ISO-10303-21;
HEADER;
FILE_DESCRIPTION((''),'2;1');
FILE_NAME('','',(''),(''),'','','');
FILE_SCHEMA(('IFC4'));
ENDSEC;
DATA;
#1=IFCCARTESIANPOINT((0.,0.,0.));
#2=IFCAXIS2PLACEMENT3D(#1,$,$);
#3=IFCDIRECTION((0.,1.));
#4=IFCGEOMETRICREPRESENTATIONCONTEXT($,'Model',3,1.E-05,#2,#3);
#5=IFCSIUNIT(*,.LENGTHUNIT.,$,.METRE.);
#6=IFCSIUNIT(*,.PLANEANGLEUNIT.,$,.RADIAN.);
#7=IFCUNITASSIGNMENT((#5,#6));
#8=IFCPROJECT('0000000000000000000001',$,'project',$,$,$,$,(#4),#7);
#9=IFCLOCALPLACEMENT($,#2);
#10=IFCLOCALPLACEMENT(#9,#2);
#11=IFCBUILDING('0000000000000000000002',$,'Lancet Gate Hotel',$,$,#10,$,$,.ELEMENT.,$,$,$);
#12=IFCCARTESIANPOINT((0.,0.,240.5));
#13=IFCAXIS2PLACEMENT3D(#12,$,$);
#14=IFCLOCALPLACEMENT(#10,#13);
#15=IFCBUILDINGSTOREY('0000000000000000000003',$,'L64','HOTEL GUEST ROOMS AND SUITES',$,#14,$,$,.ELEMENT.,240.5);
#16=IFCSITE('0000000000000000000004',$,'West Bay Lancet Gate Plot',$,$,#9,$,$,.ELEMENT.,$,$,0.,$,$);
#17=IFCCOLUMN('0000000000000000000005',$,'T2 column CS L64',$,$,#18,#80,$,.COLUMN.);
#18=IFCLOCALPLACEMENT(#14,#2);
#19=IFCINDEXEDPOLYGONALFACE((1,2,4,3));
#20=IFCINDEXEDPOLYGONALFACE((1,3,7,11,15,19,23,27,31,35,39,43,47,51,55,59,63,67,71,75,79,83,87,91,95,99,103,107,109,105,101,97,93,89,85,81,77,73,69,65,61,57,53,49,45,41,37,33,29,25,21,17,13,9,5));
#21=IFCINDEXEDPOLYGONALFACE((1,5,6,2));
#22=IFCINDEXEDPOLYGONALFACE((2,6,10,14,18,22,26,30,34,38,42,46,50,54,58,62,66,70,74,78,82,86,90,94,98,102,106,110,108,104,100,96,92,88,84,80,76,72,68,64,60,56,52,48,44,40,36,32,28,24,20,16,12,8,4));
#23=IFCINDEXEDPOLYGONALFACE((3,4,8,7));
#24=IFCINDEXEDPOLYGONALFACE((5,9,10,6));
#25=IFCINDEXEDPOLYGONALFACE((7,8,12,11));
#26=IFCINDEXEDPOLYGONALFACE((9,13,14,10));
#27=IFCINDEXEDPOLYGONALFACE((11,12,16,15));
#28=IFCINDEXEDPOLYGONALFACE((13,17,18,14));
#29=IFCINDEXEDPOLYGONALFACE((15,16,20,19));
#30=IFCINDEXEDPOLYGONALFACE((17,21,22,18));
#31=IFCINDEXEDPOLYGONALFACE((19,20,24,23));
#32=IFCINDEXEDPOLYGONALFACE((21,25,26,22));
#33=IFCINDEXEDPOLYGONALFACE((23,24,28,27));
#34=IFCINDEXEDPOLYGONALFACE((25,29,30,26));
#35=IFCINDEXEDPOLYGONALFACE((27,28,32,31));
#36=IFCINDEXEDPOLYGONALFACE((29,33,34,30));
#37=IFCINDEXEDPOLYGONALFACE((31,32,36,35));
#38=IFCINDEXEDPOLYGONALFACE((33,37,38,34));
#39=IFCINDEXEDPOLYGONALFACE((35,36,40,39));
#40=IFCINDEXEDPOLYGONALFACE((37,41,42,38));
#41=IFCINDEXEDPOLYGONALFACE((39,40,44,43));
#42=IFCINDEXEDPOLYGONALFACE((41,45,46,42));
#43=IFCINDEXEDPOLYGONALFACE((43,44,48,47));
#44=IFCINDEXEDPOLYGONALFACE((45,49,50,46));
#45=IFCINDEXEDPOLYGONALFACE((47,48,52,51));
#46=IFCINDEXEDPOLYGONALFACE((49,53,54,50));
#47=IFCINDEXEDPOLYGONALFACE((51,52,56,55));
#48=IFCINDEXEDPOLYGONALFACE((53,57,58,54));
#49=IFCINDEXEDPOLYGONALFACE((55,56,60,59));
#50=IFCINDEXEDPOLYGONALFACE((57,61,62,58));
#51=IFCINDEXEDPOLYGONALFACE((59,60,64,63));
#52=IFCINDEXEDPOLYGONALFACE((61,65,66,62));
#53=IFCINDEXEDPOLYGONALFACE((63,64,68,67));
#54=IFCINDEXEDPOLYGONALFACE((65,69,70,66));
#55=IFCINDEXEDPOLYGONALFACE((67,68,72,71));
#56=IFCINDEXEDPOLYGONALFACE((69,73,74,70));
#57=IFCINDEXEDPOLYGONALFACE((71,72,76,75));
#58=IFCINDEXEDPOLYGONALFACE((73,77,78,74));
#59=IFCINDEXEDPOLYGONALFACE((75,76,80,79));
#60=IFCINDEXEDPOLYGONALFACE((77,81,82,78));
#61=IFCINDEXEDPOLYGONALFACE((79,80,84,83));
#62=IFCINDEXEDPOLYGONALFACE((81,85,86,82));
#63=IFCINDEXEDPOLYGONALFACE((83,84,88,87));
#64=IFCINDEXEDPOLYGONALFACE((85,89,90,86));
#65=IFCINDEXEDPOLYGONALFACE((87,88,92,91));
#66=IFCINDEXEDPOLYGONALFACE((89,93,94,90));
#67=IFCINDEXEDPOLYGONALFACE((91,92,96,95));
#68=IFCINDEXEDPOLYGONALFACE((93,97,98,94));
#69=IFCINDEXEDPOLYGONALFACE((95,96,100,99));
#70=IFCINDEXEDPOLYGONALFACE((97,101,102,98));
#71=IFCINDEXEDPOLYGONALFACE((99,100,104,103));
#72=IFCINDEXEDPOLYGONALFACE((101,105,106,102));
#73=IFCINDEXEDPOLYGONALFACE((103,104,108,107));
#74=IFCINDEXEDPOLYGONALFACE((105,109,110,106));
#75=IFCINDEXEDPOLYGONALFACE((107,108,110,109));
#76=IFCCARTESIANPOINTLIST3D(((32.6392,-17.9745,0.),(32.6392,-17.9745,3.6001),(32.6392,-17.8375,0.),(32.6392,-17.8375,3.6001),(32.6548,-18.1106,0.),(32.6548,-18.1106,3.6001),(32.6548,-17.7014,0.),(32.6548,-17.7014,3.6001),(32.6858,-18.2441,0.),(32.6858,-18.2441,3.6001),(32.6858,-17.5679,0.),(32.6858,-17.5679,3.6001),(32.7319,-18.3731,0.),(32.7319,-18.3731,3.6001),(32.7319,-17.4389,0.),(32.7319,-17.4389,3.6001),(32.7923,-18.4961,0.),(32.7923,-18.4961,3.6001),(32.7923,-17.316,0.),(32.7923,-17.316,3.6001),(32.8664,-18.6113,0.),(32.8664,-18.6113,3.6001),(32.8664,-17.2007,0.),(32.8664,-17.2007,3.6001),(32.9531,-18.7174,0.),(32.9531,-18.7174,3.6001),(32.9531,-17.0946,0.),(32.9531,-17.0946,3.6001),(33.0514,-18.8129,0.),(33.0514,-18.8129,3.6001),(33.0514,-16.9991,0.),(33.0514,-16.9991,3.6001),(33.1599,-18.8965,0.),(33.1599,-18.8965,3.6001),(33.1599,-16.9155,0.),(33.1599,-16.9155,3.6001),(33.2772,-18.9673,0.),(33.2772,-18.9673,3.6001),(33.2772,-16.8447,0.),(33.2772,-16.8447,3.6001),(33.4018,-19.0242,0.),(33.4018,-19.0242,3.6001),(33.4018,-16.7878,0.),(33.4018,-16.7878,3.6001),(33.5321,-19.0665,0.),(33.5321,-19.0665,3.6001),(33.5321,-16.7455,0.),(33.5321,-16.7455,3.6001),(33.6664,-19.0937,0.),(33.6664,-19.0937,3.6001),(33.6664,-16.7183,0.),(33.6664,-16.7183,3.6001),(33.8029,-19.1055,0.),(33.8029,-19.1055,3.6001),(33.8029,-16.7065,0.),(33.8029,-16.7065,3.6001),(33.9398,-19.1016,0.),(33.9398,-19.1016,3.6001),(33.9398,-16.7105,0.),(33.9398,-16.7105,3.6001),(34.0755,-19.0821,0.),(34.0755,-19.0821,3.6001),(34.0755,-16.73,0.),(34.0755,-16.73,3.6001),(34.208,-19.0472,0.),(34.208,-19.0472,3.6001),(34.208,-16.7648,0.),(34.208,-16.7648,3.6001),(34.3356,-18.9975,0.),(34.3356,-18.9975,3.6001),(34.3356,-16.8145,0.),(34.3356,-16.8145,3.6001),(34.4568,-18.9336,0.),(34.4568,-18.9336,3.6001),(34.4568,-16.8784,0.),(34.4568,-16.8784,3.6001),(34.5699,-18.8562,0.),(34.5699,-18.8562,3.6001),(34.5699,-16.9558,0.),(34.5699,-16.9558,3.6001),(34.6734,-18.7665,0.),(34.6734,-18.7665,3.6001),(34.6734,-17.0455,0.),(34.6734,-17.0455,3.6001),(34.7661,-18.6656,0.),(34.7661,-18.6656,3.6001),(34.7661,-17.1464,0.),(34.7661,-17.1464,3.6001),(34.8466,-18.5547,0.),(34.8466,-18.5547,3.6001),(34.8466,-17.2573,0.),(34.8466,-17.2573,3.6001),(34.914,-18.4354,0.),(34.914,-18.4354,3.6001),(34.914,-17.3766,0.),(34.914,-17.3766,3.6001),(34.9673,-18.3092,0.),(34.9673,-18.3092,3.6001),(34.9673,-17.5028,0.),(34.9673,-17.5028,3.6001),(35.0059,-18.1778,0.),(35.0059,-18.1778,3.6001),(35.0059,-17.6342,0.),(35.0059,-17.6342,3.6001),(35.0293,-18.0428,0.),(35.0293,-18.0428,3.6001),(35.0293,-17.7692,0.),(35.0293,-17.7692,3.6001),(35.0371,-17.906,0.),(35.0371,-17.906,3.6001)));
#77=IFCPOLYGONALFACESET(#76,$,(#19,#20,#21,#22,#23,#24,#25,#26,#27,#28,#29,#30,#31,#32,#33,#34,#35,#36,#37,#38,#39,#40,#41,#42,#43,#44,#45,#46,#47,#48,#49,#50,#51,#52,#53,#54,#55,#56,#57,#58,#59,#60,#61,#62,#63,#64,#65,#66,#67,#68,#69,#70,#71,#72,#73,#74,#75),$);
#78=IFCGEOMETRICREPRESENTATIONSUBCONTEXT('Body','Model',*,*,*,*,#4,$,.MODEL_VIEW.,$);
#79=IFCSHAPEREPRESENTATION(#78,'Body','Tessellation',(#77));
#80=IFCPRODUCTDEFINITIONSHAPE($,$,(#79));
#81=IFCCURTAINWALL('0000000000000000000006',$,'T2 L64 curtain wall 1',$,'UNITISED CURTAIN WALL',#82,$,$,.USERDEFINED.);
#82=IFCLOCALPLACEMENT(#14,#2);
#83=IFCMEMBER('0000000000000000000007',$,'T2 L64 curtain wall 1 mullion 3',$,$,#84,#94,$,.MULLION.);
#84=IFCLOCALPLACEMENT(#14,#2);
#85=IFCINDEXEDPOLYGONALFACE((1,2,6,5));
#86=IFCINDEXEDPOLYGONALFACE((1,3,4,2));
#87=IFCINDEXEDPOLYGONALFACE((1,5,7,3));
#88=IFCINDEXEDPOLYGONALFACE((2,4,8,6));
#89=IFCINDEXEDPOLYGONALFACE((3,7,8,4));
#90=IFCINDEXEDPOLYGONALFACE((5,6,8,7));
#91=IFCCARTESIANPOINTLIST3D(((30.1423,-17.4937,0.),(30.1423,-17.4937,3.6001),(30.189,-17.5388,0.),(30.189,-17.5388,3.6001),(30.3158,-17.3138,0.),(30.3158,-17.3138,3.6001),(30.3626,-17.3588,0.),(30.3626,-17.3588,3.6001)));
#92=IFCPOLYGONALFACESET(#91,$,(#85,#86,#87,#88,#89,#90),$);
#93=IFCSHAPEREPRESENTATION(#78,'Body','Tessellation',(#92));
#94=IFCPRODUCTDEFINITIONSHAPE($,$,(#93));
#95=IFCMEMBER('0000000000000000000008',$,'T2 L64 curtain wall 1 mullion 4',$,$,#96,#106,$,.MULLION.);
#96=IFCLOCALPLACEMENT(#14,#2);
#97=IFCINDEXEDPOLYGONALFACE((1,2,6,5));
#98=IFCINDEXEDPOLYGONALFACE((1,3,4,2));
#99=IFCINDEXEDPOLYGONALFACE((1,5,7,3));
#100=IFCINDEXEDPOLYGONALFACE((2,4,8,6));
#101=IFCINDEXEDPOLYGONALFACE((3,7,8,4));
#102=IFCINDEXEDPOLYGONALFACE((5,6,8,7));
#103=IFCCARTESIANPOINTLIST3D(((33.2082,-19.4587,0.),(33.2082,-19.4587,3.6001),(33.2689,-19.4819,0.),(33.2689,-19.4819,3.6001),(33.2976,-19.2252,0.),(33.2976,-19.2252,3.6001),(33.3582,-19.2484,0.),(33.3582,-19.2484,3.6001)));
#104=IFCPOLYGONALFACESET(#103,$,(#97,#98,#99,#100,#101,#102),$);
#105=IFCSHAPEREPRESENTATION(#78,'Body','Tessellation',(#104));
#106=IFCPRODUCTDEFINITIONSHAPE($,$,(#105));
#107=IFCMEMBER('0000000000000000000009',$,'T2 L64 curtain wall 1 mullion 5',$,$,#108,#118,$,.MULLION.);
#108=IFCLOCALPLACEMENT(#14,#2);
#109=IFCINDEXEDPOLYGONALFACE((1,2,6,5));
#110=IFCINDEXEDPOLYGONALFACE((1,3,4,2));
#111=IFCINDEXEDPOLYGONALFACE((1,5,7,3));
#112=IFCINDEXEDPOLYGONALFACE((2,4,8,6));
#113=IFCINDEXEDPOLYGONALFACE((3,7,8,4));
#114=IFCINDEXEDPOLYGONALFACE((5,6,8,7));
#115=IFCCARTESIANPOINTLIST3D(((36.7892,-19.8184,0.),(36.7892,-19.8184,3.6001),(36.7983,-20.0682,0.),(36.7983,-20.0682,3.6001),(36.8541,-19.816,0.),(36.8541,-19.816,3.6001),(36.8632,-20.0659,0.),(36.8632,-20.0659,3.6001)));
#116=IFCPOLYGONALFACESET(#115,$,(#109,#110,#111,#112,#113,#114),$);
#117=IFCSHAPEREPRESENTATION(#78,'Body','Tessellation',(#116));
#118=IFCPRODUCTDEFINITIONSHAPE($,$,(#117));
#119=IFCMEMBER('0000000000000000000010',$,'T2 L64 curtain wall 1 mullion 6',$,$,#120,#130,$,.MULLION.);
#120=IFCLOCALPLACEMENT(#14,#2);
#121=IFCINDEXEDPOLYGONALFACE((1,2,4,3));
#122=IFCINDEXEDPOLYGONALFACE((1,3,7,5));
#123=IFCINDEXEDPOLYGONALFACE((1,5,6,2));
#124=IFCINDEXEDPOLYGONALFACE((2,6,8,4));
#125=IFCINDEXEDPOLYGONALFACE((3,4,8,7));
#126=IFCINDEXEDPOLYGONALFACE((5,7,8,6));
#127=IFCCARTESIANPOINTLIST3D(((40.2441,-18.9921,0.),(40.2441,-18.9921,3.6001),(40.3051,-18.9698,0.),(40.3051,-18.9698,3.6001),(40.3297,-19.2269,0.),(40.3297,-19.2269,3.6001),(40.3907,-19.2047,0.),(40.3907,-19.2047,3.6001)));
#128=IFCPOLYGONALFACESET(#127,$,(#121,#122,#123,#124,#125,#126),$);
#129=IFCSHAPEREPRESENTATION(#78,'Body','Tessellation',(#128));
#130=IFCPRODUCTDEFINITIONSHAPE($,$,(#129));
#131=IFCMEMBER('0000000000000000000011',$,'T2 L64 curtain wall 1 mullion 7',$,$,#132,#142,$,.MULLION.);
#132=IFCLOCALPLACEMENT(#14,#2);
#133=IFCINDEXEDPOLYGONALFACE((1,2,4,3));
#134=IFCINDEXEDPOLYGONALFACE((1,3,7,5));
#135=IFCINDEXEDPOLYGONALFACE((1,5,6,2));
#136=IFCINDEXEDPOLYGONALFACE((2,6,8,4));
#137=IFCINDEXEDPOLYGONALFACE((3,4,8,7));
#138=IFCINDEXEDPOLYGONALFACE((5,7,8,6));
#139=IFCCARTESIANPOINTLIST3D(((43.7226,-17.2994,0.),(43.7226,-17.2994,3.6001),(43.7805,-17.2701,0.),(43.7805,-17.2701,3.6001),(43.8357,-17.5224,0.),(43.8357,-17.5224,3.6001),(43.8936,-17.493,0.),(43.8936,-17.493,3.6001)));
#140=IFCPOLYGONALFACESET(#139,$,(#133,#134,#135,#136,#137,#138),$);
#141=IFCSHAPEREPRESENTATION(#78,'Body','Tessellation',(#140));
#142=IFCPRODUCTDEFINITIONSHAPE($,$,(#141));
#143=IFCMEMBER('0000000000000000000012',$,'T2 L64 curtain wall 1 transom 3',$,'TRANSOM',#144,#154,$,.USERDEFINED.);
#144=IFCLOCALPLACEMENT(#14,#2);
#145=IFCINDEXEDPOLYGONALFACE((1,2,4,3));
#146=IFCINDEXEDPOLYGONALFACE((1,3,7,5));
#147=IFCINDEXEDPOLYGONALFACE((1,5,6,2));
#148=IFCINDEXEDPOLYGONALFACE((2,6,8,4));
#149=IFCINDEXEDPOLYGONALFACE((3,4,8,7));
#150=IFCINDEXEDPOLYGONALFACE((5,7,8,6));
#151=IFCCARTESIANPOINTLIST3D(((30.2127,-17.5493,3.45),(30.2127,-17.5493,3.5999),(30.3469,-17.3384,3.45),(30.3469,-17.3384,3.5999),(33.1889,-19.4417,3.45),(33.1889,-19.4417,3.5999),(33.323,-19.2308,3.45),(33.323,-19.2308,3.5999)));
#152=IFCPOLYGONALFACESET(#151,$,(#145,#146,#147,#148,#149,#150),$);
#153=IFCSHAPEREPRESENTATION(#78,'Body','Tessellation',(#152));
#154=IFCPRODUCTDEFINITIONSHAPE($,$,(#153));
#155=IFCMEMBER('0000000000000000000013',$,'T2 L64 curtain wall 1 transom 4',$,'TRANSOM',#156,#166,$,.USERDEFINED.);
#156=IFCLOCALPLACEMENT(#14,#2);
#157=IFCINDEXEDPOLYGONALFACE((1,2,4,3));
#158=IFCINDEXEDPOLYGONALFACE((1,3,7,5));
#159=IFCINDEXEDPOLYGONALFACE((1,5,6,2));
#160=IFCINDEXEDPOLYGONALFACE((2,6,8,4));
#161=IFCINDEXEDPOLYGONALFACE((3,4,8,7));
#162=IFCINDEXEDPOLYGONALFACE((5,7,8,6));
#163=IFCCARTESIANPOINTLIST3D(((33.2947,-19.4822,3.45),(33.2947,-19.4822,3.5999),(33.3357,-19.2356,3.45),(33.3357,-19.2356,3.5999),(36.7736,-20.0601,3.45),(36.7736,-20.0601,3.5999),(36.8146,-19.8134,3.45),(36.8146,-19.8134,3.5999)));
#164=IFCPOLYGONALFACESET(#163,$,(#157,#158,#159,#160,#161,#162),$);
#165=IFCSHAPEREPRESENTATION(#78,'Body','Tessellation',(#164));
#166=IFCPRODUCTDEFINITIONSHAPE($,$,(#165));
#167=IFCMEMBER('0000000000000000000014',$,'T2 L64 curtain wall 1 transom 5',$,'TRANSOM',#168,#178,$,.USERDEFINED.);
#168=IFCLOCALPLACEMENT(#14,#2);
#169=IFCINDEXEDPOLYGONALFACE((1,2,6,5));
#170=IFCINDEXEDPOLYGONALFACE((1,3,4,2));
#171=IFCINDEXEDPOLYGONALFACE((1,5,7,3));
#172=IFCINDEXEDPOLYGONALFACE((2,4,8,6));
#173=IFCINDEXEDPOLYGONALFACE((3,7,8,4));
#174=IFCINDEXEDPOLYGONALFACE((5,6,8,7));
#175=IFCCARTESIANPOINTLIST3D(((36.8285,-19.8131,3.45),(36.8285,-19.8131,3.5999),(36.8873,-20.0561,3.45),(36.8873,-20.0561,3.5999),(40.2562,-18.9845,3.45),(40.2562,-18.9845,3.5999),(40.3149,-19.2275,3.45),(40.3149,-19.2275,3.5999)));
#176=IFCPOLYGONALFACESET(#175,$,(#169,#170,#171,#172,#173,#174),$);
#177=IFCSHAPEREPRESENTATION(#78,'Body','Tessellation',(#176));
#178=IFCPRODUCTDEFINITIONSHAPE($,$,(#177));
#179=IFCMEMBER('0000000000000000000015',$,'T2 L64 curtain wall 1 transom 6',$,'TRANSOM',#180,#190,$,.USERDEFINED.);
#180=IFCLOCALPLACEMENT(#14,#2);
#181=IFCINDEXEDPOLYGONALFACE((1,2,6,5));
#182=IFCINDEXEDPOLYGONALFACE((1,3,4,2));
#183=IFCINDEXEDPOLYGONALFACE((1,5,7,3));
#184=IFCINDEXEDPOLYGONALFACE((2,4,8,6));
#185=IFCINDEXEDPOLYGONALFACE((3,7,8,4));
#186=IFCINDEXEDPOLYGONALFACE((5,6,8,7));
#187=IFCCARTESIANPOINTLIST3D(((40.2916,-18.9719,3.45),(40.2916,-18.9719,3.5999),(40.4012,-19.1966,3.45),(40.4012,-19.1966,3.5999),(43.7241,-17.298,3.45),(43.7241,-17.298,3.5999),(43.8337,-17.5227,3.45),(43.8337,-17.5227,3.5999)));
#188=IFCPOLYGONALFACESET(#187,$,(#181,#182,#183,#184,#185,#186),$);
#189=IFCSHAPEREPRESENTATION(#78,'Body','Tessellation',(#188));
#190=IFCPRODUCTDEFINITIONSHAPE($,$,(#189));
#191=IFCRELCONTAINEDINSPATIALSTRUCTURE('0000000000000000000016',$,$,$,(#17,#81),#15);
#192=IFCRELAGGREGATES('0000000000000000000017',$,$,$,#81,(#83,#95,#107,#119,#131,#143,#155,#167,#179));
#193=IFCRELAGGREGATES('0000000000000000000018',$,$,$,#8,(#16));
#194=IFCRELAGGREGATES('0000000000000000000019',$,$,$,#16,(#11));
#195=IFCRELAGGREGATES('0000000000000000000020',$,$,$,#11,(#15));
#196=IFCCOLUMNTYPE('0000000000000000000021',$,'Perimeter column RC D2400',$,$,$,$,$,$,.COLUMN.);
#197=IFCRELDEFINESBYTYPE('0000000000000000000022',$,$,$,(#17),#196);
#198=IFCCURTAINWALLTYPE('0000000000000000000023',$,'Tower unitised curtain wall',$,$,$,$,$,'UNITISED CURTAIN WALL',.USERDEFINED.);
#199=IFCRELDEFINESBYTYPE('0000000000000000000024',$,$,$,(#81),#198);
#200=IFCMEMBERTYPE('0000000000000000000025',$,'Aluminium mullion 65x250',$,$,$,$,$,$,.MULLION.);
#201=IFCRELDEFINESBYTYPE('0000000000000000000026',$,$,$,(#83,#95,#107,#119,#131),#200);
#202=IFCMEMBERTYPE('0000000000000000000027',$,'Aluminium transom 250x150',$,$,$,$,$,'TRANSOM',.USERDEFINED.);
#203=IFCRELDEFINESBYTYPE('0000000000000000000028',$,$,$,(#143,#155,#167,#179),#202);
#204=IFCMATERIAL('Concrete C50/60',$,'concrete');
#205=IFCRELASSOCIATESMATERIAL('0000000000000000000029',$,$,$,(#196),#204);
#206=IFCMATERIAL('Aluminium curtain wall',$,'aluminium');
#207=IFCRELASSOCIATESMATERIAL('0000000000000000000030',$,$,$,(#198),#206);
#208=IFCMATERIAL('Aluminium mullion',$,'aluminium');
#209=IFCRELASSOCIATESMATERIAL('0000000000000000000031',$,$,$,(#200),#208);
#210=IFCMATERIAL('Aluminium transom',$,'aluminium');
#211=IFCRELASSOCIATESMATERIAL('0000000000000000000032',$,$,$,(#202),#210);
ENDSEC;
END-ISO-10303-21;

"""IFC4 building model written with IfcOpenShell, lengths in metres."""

from ifc_helpers import new_model, si_unit, direction, frame, origin, origin_2d, place, context, subcontext, project, spatial, rectangle, circle, extrude, material, material_profile, profile_set, type_object, element, aggregate, save


model = new_model("IFC4")

# Units and contexts
model_context = context("Model", 3, precision=1e-05, world=origin(), true_north=direction((0.0, 1.0)))
body_context = subcontext(model_context, "Body", "Model", "MODEL_VIEW")
ifc_project = project(units=[si_unit("LENGTHUNIT", "METRE"), si_unit("PLANEANGLEUNIT", "RADIAN")], contexts=[model_context])

# Site, building, storey
site_placement = place(None, origin())
site = spatial("IfcSite", under=ifc_project, at=site_placement, Name="West Bay Lancet Gate Plot", CompositionType="ELEMENT", RefElevation=0.0)
building_placement = place(site_placement, origin())
building = spatial("IfcBuilding", under=site, at=building_placement, Name="Lancet Gate Hotel", CompositionType="ELEMENT")
storey_placement = place(building_placement, frame((0.0, 0.0, 240.5)))
storey = spatial("IfcBuildingStorey", under=building, at=storey_placement, Name="L64", Description="HOTEL GUEST ROOMS AND SUITES", CompositionType="ELEMENT", Elevation=240.5)

# Column
ifc_material_1 = material(Name="Concrete C50/60", Category="concrete")
ifc_material_profile_1 = material_profile(ifc_material_1, circle(Radius=1.2, at=origin_2d()), Name="RC D2400")
ifc_profile_set_1 = profile_set([ifc_material_profile_1], Name="Concrete C50/60")
column_type = type_object("IfcColumnType", Name="Perimeter column RC D2400", PredefinedType="COLUMN", material=ifc_profile_set_1)
column_placement = place(storey_placement, frame((33.8372, -17.906, 0.0), z_axis=(0.0, 0.0, 1.0), x_axis=(1.0, 0.0, 0.0)))
element("IfcColumn", 1, at=column_placement, inside=storey, type_object=column_type, Name="T2 column CS L64", PredefinedType="COLUMN", context=body_context, shape_type="SweptSolid", body=[
    extrude(circle(Radius=1.2, at=origin_2d()), origin(), (0.0, 0.0, 1.0), 3.6001),
])

# Curtain wall, members
ifc_material_2 = material(Name="Aluminium curtain wall", Category="aluminium")
curtain_wall_type = type_object("IfcCurtainWallType", Name="Tower unitised curtain wall", ElementType="UNITISED CURTAIN WALL", PredefinedType="USERDEFINED", material=ifc_material_2)
curtain_wall_placement = place(storey_placement, origin())
curtain_wall = element("IfcCurtainWall", 2, at=curtain_wall_placement, inside=storey, type_object=curtain_wall_type, Name="T2 L64 curtain wall 1", ObjectType="UNITISED CURTAIN WALL", PredefinedType="USERDEFINED")
ifc_material_3 = material(Name="Aluminium mullion", Category="aluminium")
ifc_material_profile_2 = material_profile(ifc_material_3, rectangle(XDim=0.0649, YDim=0.25, at=origin_2d()), Name="MULLION 65x250")
ifc_profile_set_2 = profile_set([ifc_material_profile_2], Name="Aluminium mullion")
member_type_1 = type_object("IfcMemberType", Name="Aluminium mullion 65x250", PredefinedType="MULLION", material=ifc_profile_set_2)
member_1_placement = place(storey_placement, frame((30.2524, -17.4263, 0.0), z_axis=(0.0, 0.0, 1.0), x_axis=(0.719809, -0.694172, 0.0)))
member_1 = element("IfcMember", 3, at=member_1_placement, type_object=member_type_1, Name="T2 L64 curtain wall 1 mullion 3", PredefinedType="MULLION", context=body_context, shape_type="SweptSolid", body=[
    extrude(rectangle(XDim=0.0649, YDim=0.25, at=origin_2d()), origin(), (0.0, 0.0, 1.0), 3.6001),
])
member_2_placement = place(storey_placement, frame((33.2832, -19.3535, 0.0), z_axis=(0.0, 0.0, 1.0), x_axis=(0.933943, -0.357421, 0.0)))
member_2 = element("IfcMember", 4, at=member_2_placement, type_object=member_type_1, Name="T2 L64 curtain wall 1 mullion 4", PredefinedType="MULLION", context=body_context, shape_type="SweptSolid", body=[
    extrude(rectangle(XDim=0.0649, YDim=0.25, at=origin_2d()), origin(), (0.0, 0.0, 1.0), 3.6001),
])
member_3_placement = place(storey_placement, frame((36.8262, -19.9421, 0.0), z_axis=(0.0, 0.0, 1.0), x_axis=(0.999343, 0.03625, 0.0)))
member_3 = element("IfcMember", 5, at=member_3_placement, type_object=member_type_1, Name="T2 L64 curtain wall 1 mullion 5", PredefinedType="MULLION", context=body_context, shape_type="SweptSolid", body=[
    extrude(rectangle(XDim=0.0649, YDim=0.25, at=origin_2d()), origin(), (0.0, 0.0, 1.0), 3.6001),
])
member_4_placement = place(storey_placement, frame((40.3174, -19.0984, 0.0), z_axis=(0.0, 0.0, 1.0), x_axis=(0.939484, 0.342593, 0.0)))
member_4 = element("IfcMember", 6, at=member_4_placement, type_object=member_type_1, Name="T2 L64 curtain wall 1 mullion 6", PredefinedType="MULLION", context=body_context, shape_type="SweptSolid", body=[
    extrude(rectangle(XDim=0.0649, YDim=0.25, at=origin_2d()), origin(), (0.0, 0.0, 1.0), 3.6001),
])
member_5_placement = place(storey_placement, frame((43.8081, -17.3962, 0.0), z_axis=(0.0, 0.0, 1.0), x_axis=(0.891833, 0.452365, 0.0)))
member_5 = element("IfcMember", 7, at=member_5_placement, type_object=member_type_1, Name="T2 L64 curtain wall 1 mullion 7", PredefinedType="MULLION", context=body_context, shape_type="SweptSolid", body=[
    extrude(rectangle(XDim=0.0649, YDim=0.25, at=origin_2d()), origin(), (0.0, 0.0, 1.0), 3.6001),
])
ifc_material_4 = material(Name="Aluminium transom", Category="aluminium")
ifc_material_profile_3 = material_profile(ifc_material_4, rectangle(XDim=0.25, YDim=0.1499, at=origin_2d()), Name="TRANSOM 250x150")
ifc_profile_set_3 = profile_set([ifc_material_profile_3], Name="Aluminium transom")
member_type_2 = type_object("IfcMemberType", Name="Aluminium transom 250x150", ElementType="TRANSOM", PredefinedType="USERDEFINED", material=ifc_profile_set_3)
member_6_placement = place(storey_placement, frame((30.2798, -17.4438, 3.5249), z_axis=(0.843858, -0.536566, 0.0), x_axis=(0.536566, 0.843858, 0.0)))
member_6 = element("IfcMember", 8, at=member_6_placement, type_object=member_type_2, Name="T2 L64 curtain wall 1 transom 3", ObjectType="TRANSOM", PredefinedType="USERDEFINED", context=body_context, shape_type="SweptSolid", body=[
    extrude(rectangle(XDim=0.25, YDim=0.1499, at=origin_2d()), origin(), (0.0, 0.0, 1.0), 3.5269),
])
member_7_placement = place(storey_placement, frame((33.3152, -19.3589, 3.5249), z_axis=(0.986484, -0.16386, 0.0), x_axis=(0.16386, 0.986484, 0.0)))
member_7 = element("IfcMember", 9, at=member_7_placement, type_object=member_type_2, Name="T2 L64 curtain wall 1 transom 4", ObjectType="TRANSOM", PredefinedType="USERDEFINED", context=body_context, shape_type="SweptSolid", body=[
    extrude(rectangle(XDim=0.25, YDim=0.1499, at=origin_2d()), origin(), (0.0, 0.0, 1.0), 3.5266),
])
member_8_placement = place(storey_placement, frame((36.8579, -19.9346, 3.5249), z_axis=(0.972003, 0.23497, 0.0), x_axis=(-0.23497, 0.972003, 0.0)))
member_8 = element("IfcMember", 10, at=member_8_placement, type_object=member_type_2, Name="T2 L64 curtain wall 1 transom 5", ObjectType="TRANSOM", PredefinedType="USERDEFINED", context=body_context, shape_type="SweptSolid", body=[
    extrude(rectangle(XDim=0.25, YDim=0.1499, at=origin_2d()), origin(), (0.0, 0.0, 1.0), 3.5264),
])
member_9_placement = place(storey_placement, frame((40.3464, -19.0842, 3.5249), z_axis=(0.89882, 0.438318, 0.0), x_axis=(-0.438318, 0.89882, 0.0)))
member_9 = element("IfcMember", 11, at=member_9_placement, type_object=member_type_2, Name="T2 L64 curtain wall 1 transom 6", ObjectType="TRANSOM", PredefinedType="USERDEFINED", context=body_context, shape_type="SweptSolid", body=[
    extrude(rectangle(XDim=0.25, YDim=0.1499, at=origin_2d()), origin(), (0.0, 0.0, 1.0), 3.8188),
])

aggregate(curtain_wall, [member_1, member_2, member_3, member_4, member_5, member_6, member_7, member_8, member_9])

save(model, "model.ifc")
